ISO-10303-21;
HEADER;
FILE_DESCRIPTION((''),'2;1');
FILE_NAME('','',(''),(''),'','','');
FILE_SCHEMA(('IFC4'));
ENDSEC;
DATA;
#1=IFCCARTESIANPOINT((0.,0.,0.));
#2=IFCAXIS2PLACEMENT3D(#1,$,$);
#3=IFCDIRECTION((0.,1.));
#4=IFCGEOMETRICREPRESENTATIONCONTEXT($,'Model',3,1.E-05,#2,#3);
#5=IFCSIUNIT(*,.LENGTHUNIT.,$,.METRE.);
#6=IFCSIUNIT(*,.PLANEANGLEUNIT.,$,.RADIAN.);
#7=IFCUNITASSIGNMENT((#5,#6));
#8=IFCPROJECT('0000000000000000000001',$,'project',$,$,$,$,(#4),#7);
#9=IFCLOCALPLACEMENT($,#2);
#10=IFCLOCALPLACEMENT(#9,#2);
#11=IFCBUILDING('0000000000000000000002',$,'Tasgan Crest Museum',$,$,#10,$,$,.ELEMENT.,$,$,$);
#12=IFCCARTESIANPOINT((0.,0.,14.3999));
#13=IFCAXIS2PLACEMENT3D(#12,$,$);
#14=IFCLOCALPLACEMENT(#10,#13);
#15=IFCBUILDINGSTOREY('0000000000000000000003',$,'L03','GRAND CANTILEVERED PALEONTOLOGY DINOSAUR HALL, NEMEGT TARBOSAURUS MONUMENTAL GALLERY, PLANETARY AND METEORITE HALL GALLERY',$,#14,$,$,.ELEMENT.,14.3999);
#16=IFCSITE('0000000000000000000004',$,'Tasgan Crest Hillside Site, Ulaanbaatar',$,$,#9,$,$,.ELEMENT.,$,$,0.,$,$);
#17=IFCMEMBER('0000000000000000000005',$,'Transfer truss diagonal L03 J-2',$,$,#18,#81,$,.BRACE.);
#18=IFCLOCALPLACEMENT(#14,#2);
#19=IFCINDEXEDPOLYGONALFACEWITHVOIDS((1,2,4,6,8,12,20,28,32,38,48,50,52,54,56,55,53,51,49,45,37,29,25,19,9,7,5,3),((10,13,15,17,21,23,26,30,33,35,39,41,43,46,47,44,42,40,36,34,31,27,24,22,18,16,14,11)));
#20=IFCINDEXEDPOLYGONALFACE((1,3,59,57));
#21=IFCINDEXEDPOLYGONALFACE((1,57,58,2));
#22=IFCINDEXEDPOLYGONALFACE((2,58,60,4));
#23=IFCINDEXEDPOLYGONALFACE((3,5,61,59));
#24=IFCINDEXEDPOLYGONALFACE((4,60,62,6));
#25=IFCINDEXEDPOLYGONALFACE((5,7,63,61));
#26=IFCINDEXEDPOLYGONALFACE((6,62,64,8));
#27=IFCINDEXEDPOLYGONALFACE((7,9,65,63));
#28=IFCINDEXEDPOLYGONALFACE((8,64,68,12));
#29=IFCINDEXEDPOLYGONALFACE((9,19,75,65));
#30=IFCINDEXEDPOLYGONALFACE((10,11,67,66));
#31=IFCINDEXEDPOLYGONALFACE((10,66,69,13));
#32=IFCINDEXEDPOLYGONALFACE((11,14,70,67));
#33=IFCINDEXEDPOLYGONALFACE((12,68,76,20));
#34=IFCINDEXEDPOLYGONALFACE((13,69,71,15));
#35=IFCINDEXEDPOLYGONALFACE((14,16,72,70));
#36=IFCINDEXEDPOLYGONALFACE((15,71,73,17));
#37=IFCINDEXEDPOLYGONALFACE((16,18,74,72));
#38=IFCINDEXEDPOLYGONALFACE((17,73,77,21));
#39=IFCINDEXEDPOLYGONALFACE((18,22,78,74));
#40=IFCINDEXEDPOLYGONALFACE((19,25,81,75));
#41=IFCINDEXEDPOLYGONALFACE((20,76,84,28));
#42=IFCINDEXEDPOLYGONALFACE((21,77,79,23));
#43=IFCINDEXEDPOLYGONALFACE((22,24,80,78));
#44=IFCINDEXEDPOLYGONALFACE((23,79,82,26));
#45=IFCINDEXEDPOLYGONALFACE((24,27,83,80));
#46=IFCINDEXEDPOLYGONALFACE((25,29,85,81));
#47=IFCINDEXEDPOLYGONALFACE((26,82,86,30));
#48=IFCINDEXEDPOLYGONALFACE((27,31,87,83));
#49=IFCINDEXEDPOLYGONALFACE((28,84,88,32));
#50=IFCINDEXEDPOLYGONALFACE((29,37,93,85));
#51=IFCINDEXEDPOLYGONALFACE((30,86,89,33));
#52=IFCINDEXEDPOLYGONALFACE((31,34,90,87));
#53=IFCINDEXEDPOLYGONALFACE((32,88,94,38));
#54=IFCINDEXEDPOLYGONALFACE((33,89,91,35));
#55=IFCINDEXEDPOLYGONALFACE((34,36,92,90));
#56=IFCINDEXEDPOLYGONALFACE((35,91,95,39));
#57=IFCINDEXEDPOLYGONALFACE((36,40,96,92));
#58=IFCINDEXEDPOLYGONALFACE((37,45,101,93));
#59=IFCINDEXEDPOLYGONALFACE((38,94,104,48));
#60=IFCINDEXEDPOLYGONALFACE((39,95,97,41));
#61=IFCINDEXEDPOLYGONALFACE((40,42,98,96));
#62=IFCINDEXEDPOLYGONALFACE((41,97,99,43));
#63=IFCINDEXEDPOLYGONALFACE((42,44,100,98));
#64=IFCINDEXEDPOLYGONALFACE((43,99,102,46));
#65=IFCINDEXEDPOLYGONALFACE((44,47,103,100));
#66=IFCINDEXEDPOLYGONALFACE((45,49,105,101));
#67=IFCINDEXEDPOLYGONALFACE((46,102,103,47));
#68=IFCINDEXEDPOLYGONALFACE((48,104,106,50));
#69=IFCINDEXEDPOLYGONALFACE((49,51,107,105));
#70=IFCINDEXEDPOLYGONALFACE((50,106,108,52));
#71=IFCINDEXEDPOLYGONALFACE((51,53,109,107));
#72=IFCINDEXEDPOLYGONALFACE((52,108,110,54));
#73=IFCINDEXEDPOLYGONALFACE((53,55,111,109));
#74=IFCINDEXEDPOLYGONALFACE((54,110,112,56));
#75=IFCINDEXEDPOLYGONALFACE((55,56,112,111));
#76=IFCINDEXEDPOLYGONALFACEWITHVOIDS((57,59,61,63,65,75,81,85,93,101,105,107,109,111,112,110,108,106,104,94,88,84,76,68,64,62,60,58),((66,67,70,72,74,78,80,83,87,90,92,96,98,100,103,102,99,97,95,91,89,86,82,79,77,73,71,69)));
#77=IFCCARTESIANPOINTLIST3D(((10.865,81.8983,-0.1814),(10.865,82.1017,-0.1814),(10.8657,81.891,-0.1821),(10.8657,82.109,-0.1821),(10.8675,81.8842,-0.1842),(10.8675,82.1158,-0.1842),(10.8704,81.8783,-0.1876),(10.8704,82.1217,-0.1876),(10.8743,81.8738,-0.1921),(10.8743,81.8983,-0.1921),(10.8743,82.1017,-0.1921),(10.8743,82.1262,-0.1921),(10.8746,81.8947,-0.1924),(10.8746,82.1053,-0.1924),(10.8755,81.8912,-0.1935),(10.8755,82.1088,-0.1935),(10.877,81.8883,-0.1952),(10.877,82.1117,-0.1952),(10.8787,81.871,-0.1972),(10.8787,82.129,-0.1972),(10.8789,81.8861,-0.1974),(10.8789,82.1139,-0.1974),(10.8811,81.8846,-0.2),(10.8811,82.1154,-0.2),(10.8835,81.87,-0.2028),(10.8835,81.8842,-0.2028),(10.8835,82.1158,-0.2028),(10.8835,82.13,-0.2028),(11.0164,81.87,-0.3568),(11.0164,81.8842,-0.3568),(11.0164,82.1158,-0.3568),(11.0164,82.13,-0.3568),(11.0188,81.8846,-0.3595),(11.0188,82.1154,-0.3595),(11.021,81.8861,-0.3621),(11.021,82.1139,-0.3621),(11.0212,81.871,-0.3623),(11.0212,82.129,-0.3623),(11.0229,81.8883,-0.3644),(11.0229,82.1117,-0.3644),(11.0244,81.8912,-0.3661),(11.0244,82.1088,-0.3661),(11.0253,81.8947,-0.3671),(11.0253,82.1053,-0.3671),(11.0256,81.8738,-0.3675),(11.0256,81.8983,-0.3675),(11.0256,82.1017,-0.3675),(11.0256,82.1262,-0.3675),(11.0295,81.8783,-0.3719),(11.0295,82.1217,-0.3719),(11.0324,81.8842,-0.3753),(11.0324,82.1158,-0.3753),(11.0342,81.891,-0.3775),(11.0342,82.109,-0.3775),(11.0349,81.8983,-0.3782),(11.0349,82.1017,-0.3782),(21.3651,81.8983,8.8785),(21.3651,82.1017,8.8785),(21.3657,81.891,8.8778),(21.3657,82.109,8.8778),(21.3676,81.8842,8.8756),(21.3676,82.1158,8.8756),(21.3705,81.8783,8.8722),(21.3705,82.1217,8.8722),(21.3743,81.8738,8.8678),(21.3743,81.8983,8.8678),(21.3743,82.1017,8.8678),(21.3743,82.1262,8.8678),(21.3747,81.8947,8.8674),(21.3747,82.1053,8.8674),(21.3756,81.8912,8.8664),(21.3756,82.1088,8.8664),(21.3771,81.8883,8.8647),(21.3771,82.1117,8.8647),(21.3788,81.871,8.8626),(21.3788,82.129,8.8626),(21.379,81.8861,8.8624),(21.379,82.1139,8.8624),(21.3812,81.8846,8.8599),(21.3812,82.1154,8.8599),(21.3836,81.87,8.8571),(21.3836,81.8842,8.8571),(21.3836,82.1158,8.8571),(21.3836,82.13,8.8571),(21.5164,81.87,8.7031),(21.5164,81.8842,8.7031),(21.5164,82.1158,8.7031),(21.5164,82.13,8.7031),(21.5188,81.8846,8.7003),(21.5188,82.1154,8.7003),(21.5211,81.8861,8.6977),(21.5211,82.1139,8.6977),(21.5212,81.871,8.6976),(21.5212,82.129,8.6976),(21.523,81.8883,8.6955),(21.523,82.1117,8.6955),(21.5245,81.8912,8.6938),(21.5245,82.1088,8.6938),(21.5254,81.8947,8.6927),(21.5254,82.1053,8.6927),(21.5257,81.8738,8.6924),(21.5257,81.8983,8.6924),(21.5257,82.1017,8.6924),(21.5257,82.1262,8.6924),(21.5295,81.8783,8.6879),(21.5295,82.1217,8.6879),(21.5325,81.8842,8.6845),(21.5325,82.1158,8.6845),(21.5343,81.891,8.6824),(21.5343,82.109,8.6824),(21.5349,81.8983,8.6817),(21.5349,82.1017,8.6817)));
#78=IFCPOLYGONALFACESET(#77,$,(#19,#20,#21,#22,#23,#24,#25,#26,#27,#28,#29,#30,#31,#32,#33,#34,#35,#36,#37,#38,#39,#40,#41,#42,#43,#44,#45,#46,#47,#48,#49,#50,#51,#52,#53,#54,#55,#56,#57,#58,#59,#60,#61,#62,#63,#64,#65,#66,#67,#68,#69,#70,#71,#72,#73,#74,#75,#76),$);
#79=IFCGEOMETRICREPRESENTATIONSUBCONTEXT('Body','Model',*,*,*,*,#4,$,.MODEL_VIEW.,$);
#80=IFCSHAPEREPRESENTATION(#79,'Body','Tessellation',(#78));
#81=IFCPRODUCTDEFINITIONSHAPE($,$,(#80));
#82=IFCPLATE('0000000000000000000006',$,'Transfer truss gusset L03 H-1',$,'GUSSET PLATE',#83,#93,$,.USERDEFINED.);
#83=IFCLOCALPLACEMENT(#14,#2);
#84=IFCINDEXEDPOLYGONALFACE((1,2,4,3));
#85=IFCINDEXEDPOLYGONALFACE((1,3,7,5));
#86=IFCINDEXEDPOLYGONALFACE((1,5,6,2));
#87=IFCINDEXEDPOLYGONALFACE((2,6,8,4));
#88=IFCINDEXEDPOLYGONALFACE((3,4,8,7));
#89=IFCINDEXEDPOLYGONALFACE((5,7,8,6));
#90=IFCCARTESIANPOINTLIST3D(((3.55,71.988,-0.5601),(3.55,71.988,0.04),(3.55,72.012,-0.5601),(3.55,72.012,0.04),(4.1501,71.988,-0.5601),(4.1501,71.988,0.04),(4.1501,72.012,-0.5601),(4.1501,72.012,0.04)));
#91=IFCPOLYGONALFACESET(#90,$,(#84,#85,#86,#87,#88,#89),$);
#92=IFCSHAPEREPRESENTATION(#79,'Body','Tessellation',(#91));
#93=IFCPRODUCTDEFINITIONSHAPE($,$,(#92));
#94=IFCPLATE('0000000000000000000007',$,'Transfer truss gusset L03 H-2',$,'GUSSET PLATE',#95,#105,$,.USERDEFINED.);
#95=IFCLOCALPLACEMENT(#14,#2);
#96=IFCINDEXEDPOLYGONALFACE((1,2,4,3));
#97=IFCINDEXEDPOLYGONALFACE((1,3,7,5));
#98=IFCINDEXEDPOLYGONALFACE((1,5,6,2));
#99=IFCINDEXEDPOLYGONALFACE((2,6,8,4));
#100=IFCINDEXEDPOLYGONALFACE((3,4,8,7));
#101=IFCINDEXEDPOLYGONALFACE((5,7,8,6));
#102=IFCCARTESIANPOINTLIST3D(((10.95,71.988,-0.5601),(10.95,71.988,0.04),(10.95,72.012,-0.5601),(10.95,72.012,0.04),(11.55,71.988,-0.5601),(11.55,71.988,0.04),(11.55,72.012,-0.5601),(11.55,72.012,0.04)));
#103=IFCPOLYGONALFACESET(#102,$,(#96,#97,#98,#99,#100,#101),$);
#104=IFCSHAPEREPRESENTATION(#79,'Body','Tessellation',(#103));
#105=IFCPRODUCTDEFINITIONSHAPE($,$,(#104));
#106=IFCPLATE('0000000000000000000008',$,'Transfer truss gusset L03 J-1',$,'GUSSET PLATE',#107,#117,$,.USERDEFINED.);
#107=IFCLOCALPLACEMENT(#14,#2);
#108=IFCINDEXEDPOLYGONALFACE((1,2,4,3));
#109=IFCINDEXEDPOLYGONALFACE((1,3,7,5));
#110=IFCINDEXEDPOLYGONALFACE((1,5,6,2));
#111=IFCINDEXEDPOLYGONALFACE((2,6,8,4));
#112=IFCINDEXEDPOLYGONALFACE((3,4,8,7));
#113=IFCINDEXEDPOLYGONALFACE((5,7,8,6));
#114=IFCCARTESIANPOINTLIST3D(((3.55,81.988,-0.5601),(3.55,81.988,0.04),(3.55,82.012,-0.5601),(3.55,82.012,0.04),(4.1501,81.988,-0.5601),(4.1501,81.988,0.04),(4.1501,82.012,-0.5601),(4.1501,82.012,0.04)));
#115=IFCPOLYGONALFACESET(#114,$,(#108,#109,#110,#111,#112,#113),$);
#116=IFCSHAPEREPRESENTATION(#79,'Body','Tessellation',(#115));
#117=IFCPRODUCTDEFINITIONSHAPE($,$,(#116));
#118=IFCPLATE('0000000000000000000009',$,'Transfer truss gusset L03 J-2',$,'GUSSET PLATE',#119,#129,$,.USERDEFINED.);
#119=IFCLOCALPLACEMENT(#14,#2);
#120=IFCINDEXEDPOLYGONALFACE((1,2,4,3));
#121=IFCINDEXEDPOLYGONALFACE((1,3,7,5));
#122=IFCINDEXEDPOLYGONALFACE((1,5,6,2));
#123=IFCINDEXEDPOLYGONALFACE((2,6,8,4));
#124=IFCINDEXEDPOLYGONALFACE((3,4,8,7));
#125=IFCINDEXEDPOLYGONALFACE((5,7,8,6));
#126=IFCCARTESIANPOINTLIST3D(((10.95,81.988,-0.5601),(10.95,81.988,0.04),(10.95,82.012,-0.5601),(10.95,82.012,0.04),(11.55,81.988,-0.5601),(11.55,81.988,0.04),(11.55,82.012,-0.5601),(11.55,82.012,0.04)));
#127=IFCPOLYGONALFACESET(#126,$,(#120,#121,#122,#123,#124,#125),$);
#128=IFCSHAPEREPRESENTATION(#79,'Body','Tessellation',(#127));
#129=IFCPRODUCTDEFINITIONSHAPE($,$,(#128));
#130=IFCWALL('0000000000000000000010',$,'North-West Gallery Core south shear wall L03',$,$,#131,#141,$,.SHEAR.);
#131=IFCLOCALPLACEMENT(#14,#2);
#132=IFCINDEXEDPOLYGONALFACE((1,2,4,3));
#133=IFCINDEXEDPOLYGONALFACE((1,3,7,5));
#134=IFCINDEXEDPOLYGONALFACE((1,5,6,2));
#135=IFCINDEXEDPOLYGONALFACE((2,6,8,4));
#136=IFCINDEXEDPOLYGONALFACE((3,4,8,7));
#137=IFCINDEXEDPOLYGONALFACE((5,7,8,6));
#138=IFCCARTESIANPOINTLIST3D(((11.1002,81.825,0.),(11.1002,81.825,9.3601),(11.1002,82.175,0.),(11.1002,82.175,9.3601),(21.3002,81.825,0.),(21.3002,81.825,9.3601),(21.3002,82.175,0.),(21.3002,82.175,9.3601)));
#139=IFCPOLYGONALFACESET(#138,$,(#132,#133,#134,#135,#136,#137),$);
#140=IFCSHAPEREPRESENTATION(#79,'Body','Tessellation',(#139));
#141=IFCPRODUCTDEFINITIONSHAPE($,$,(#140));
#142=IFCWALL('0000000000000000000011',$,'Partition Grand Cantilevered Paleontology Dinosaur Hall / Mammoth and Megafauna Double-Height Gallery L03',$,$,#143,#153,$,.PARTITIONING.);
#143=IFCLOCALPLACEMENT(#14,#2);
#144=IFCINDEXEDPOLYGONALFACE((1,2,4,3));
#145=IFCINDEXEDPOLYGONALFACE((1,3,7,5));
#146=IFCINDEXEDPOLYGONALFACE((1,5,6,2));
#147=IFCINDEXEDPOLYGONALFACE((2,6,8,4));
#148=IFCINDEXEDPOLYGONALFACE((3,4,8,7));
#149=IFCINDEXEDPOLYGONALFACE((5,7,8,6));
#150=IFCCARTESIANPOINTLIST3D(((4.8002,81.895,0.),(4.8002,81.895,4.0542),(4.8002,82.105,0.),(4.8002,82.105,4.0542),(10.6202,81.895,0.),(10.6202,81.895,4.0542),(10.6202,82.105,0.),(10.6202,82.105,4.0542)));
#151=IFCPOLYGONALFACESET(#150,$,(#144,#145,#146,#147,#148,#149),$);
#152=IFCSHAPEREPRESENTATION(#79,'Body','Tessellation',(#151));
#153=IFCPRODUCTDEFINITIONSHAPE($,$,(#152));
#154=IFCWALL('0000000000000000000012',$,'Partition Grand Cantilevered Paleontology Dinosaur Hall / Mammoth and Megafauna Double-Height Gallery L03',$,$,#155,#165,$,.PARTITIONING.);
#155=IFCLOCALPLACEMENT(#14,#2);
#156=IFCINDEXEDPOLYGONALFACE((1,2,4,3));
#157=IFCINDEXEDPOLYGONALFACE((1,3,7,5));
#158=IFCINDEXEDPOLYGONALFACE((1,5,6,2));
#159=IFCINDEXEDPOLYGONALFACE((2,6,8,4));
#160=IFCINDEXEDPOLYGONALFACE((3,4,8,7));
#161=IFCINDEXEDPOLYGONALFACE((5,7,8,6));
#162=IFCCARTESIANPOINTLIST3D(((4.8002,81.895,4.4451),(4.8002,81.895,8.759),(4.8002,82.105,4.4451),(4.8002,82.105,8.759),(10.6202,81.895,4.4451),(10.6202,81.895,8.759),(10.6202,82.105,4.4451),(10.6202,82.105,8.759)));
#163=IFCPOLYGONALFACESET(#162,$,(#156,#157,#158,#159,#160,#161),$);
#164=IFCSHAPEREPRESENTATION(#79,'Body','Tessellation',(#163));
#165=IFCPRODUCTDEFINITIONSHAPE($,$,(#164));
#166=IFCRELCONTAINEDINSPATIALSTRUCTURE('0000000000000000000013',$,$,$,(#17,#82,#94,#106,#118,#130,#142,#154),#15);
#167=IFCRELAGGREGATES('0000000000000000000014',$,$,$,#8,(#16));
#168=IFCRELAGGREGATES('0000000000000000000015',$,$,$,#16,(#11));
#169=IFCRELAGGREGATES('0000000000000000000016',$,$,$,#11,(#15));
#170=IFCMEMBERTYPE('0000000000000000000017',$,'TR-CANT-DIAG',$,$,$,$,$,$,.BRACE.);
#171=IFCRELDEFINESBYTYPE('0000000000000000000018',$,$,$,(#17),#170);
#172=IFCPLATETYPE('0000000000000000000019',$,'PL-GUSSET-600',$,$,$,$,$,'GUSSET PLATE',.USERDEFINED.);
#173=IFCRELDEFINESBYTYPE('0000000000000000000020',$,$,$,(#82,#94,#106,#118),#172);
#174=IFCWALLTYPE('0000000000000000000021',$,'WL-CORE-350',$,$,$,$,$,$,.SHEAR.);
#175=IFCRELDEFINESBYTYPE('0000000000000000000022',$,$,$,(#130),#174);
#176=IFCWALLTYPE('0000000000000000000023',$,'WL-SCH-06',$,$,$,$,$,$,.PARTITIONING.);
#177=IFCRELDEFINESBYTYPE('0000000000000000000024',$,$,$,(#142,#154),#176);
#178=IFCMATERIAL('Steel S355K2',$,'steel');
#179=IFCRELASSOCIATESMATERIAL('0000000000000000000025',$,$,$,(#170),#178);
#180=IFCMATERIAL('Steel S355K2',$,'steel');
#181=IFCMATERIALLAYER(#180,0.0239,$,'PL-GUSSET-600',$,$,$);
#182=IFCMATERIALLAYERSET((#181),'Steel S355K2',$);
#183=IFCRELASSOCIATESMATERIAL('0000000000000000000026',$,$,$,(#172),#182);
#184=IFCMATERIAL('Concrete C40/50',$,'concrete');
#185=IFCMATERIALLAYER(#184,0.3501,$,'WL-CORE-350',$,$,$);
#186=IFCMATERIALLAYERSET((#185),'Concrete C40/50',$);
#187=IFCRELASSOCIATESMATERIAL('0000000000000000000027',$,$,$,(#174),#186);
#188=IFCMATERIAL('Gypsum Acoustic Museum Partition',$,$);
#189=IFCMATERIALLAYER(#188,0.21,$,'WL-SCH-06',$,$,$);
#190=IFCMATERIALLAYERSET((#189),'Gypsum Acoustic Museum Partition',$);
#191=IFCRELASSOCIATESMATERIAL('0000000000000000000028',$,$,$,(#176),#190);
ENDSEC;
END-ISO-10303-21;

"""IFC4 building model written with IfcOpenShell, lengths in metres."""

from ifc_helpers import new_model, si_unit, direction, frame, frame_2d, origin, origin_2d, place, context, subcontext, project, spatial, rectangle, hollow_rectangle, extrude, material, layer, layer_set, material_profile, profile_set, type_object, element, save


model = new_model("IFC4")

# Units and contexts
model_context = context("Model", 3, precision=1e-05, world=origin(), true_north=direction((0.0, 1.0)))
body_context = subcontext(model_context, "Body", "Model", "MODEL_VIEW")
ifc_project = project(units=[si_unit("LENGTHUNIT", "METRE"), si_unit("PLANEANGLEUNIT", "RADIAN")], contexts=[model_context])

# Site, building, storey
site_placement = place(None, origin())
site = spatial("IfcSite", under=ifc_project, at=site_placement, Name="Tasgan Crest Hillside Site, Ulaanbaatar", CompositionType="ELEMENT", RefElevation=0.0)
building_placement = place(site_placement, origin())
building = spatial("IfcBuilding", under=site, at=building_placement, Name="Tasgan Crest Museum", CompositionType="ELEMENT")
storey_placement = place(building_placement, frame((0.0, 0.0, 14.3999)))
storey = spatial("IfcBuildingStorey", under=building, at=storey_placement, Name="L03", Description="GRAND CANTILEVERED PALEONTOLOGY DINOSAUR HALL, NEMEGT TARBOSAURUS MONUMENTAL GALLERY, PLANETARY AND METEORITE HALL GALLERY", CompositionType="ELEMENT", Elevation=14.3999)

# Member
ifc_material_1 = material(Name="Steel S355K2", Category="steel")
ifc_material_profile_1 = material_profile(ifc_material_1, hollow_rectangle(XDim=0.26, YDim=0.26, WallThickness=0.0142, InnerFilletRadius=0.0142, OuterFilletRadius=0.0283, at=origin_2d()), Name="SHS 260x260x14.2")
ifc_profile_set_1 = profile_set([ifc_material_profile_1], Name="Steel S355K2")
member_type = type_object("IfcMemberType", Name="TR-CANT-DIAG", PredefinedType="BRACE", material=ifc_profile_set_1)
member_1_placement = place(storey_placement, frame((10.95, 82.0, -0.2798), z_axis=(0.757121, 0.0, 0.653274), x_axis=(0.0, 1.0, 0.0)))
element("IfcMember", 1, at=member_1_placement, inside=storey, type_object=member_type, Name="Transfer truss diagonal L03 J-2", PredefinedType="BRACE", context=body_context, shape_type="SweptSolid", body=[
    extrude(hollow_rectangle(XDim=0.26, YDim=0.26, WallThickness=0.0142, InnerFilletRadius=0.0142, OuterFilletRadius=0.0283, at=origin_2d()), origin(), (0.0, 0.0, 1.0), 13.8684),
])

# Plates
ifc_material_2 = material(Name="Steel S355K2", Category="steel")
ifc_layer_1 = layer(ifc_material_2, 0.0239, Name="PL-GUSSET-600")
ifc_layer_set_1 = layer_set([ifc_layer_1], Name="Steel S355K2")
plate_type = type_object("IfcPlateType", Name="PL-GUSSET-600", ElementType="GUSSET PLATE", PredefinedType="USERDEFINED", material=ifc_layer_set_1)
for number, where, z_axis, x_axis, name in (
    (2, (3.8501, 72.0, -0.5601), (0.0, 0.0, 1.0), (1.0, 0.0, 0.0), "Transfer truss gusset L03 H-1"),
    (3, (11.25, 72.0, -0.5601), (0.0, 0.0, 1.0), (1.0, 0.0, 0.0), "Transfer truss gusset L03 H-2"),
    (4, (3.8501, 82.0, -0.5601), (0.0, 0.0, 1.0), (1.0, 0.0, 0.0), "Transfer truss gusset L03 J-1"),
    (5, (11.25, 82.0, -0.5601), (0.0, 0.0, 1.0), (1.0, 0.0, 0.0), "Transfer truss gusset L03 J-2"),
):
    element("IfcPlate", number, at=place(storey_placement, frame(where, z_axis=z_axis, x_axis=x_axis)), inside=storey, type_object=plate_type, Name=name, ObjectType="GUSSET PLATE", PredefinedType="USERDEFINED", context=body_context, shape_type="SweptSolid", body=[
        extrude(rectangle(XDim=0.6001, YDim=0.0239, at=origin_2d()), origin(), (0.0, 0.0, 1.0), 0.6001),
    ])

# Walls
ifc_material_3 = material(Name="Concrete C40/50", Category="concrete")
ifc_layer_2 = layer(ifc_material_3, 0.3501, Name="WL-CORE-350")
ifc_layer_set_2 = layer_set([ifc_layer_2], Name="Concrete C40/50")
wall_type_1 = type_object("IfcWallType", Name="WL-CORE-350", PredefinedType="SHEAR", material=ifc_layer_set_2)
wall_1_placement = place(storey_placement, frame((11.1001, 82.0, 0.0), z_axis=(0.0, 0.0, 1.0), x_axis=(1.0, 0.0, 0.0)))
element("IfcWall", 6, at=wall_1_placement, inside=storey, type_object=wall_type_1, Name="North-West Gallery Core south shear wall L03", PredefinedType="SHEAR", context=body_context, shape_type="SweptSolid", body=[
    extrude(rectangle(XDim=10.2, YDim=0.3501, at=frame_2d((5.1001, 0.0))), origin(), (0.0, 0.0, 1.0), 9.3601),
])
ifc_material_4 = material(Name="Gypsum Acoustic Museum Partition")
ifc_layer_3 = layer(ifc_material_4, 0.21, Name="WL-SCH-06")
ifc_layer_set_3 = layer_set([ifc_layer_3], Name="Gypsum Acoustic Museum Partition")
wall_type_2 = type_object("IfcWallType", Name="WL-SCH-06", PredefinedType="PARTITIONING", material=ifc_layer_set_3)
wall_2_placement = place(storey_placement, frame((4.8, 82.0, 0.0), z_axis=(0.0, 0.0, 1.0), x_axis=(1.0, 0.0, 0.0)))
element("IfcWall", 7, at=wall_2_placement, inside=storey, type_object=wall_type_2, Name="Partition Grand Cantilevered Paleontology Dinosaur Hall / Mammoth and Megafauna Double-Height Gallery L03", PredefinedType="PARTITIONING", context=body_context, shape_type="SweptSolid", body=[
    extrude(rectangle(XDim=5.8201, YDim=0.21, at=frame_2d((2.9102, 0.0))), origin(), (0.0, 0.0, 1.0), 4.0542),
])
wall_3_placement = place(storey_placement, frame((4.8, 82.0, 4.4451), z_axis=(0.0, 0.0, 1.0), x_axis=(1.0, 0.0, 0.0)))
element("IfcWall", 8, at=wall_3_placement, inside=storey, type_object=wall_type_2, Name="Partition Grand Cantilevered Paleontology Dinosaur Hall / Mammoth and Megafauna Double-Height Gallery L03", PredefinedType="PARTITIONING", context=body_context, shape_type="SweptSolid", body=[
    extrude(rectangle(XDim=5.8201, YDim=0.21, at=frame_2d((2.9102, 0.0))), origin(), (0.0, 0.0, 1.0), 4.314),
])

save(model, "model.ifc")
